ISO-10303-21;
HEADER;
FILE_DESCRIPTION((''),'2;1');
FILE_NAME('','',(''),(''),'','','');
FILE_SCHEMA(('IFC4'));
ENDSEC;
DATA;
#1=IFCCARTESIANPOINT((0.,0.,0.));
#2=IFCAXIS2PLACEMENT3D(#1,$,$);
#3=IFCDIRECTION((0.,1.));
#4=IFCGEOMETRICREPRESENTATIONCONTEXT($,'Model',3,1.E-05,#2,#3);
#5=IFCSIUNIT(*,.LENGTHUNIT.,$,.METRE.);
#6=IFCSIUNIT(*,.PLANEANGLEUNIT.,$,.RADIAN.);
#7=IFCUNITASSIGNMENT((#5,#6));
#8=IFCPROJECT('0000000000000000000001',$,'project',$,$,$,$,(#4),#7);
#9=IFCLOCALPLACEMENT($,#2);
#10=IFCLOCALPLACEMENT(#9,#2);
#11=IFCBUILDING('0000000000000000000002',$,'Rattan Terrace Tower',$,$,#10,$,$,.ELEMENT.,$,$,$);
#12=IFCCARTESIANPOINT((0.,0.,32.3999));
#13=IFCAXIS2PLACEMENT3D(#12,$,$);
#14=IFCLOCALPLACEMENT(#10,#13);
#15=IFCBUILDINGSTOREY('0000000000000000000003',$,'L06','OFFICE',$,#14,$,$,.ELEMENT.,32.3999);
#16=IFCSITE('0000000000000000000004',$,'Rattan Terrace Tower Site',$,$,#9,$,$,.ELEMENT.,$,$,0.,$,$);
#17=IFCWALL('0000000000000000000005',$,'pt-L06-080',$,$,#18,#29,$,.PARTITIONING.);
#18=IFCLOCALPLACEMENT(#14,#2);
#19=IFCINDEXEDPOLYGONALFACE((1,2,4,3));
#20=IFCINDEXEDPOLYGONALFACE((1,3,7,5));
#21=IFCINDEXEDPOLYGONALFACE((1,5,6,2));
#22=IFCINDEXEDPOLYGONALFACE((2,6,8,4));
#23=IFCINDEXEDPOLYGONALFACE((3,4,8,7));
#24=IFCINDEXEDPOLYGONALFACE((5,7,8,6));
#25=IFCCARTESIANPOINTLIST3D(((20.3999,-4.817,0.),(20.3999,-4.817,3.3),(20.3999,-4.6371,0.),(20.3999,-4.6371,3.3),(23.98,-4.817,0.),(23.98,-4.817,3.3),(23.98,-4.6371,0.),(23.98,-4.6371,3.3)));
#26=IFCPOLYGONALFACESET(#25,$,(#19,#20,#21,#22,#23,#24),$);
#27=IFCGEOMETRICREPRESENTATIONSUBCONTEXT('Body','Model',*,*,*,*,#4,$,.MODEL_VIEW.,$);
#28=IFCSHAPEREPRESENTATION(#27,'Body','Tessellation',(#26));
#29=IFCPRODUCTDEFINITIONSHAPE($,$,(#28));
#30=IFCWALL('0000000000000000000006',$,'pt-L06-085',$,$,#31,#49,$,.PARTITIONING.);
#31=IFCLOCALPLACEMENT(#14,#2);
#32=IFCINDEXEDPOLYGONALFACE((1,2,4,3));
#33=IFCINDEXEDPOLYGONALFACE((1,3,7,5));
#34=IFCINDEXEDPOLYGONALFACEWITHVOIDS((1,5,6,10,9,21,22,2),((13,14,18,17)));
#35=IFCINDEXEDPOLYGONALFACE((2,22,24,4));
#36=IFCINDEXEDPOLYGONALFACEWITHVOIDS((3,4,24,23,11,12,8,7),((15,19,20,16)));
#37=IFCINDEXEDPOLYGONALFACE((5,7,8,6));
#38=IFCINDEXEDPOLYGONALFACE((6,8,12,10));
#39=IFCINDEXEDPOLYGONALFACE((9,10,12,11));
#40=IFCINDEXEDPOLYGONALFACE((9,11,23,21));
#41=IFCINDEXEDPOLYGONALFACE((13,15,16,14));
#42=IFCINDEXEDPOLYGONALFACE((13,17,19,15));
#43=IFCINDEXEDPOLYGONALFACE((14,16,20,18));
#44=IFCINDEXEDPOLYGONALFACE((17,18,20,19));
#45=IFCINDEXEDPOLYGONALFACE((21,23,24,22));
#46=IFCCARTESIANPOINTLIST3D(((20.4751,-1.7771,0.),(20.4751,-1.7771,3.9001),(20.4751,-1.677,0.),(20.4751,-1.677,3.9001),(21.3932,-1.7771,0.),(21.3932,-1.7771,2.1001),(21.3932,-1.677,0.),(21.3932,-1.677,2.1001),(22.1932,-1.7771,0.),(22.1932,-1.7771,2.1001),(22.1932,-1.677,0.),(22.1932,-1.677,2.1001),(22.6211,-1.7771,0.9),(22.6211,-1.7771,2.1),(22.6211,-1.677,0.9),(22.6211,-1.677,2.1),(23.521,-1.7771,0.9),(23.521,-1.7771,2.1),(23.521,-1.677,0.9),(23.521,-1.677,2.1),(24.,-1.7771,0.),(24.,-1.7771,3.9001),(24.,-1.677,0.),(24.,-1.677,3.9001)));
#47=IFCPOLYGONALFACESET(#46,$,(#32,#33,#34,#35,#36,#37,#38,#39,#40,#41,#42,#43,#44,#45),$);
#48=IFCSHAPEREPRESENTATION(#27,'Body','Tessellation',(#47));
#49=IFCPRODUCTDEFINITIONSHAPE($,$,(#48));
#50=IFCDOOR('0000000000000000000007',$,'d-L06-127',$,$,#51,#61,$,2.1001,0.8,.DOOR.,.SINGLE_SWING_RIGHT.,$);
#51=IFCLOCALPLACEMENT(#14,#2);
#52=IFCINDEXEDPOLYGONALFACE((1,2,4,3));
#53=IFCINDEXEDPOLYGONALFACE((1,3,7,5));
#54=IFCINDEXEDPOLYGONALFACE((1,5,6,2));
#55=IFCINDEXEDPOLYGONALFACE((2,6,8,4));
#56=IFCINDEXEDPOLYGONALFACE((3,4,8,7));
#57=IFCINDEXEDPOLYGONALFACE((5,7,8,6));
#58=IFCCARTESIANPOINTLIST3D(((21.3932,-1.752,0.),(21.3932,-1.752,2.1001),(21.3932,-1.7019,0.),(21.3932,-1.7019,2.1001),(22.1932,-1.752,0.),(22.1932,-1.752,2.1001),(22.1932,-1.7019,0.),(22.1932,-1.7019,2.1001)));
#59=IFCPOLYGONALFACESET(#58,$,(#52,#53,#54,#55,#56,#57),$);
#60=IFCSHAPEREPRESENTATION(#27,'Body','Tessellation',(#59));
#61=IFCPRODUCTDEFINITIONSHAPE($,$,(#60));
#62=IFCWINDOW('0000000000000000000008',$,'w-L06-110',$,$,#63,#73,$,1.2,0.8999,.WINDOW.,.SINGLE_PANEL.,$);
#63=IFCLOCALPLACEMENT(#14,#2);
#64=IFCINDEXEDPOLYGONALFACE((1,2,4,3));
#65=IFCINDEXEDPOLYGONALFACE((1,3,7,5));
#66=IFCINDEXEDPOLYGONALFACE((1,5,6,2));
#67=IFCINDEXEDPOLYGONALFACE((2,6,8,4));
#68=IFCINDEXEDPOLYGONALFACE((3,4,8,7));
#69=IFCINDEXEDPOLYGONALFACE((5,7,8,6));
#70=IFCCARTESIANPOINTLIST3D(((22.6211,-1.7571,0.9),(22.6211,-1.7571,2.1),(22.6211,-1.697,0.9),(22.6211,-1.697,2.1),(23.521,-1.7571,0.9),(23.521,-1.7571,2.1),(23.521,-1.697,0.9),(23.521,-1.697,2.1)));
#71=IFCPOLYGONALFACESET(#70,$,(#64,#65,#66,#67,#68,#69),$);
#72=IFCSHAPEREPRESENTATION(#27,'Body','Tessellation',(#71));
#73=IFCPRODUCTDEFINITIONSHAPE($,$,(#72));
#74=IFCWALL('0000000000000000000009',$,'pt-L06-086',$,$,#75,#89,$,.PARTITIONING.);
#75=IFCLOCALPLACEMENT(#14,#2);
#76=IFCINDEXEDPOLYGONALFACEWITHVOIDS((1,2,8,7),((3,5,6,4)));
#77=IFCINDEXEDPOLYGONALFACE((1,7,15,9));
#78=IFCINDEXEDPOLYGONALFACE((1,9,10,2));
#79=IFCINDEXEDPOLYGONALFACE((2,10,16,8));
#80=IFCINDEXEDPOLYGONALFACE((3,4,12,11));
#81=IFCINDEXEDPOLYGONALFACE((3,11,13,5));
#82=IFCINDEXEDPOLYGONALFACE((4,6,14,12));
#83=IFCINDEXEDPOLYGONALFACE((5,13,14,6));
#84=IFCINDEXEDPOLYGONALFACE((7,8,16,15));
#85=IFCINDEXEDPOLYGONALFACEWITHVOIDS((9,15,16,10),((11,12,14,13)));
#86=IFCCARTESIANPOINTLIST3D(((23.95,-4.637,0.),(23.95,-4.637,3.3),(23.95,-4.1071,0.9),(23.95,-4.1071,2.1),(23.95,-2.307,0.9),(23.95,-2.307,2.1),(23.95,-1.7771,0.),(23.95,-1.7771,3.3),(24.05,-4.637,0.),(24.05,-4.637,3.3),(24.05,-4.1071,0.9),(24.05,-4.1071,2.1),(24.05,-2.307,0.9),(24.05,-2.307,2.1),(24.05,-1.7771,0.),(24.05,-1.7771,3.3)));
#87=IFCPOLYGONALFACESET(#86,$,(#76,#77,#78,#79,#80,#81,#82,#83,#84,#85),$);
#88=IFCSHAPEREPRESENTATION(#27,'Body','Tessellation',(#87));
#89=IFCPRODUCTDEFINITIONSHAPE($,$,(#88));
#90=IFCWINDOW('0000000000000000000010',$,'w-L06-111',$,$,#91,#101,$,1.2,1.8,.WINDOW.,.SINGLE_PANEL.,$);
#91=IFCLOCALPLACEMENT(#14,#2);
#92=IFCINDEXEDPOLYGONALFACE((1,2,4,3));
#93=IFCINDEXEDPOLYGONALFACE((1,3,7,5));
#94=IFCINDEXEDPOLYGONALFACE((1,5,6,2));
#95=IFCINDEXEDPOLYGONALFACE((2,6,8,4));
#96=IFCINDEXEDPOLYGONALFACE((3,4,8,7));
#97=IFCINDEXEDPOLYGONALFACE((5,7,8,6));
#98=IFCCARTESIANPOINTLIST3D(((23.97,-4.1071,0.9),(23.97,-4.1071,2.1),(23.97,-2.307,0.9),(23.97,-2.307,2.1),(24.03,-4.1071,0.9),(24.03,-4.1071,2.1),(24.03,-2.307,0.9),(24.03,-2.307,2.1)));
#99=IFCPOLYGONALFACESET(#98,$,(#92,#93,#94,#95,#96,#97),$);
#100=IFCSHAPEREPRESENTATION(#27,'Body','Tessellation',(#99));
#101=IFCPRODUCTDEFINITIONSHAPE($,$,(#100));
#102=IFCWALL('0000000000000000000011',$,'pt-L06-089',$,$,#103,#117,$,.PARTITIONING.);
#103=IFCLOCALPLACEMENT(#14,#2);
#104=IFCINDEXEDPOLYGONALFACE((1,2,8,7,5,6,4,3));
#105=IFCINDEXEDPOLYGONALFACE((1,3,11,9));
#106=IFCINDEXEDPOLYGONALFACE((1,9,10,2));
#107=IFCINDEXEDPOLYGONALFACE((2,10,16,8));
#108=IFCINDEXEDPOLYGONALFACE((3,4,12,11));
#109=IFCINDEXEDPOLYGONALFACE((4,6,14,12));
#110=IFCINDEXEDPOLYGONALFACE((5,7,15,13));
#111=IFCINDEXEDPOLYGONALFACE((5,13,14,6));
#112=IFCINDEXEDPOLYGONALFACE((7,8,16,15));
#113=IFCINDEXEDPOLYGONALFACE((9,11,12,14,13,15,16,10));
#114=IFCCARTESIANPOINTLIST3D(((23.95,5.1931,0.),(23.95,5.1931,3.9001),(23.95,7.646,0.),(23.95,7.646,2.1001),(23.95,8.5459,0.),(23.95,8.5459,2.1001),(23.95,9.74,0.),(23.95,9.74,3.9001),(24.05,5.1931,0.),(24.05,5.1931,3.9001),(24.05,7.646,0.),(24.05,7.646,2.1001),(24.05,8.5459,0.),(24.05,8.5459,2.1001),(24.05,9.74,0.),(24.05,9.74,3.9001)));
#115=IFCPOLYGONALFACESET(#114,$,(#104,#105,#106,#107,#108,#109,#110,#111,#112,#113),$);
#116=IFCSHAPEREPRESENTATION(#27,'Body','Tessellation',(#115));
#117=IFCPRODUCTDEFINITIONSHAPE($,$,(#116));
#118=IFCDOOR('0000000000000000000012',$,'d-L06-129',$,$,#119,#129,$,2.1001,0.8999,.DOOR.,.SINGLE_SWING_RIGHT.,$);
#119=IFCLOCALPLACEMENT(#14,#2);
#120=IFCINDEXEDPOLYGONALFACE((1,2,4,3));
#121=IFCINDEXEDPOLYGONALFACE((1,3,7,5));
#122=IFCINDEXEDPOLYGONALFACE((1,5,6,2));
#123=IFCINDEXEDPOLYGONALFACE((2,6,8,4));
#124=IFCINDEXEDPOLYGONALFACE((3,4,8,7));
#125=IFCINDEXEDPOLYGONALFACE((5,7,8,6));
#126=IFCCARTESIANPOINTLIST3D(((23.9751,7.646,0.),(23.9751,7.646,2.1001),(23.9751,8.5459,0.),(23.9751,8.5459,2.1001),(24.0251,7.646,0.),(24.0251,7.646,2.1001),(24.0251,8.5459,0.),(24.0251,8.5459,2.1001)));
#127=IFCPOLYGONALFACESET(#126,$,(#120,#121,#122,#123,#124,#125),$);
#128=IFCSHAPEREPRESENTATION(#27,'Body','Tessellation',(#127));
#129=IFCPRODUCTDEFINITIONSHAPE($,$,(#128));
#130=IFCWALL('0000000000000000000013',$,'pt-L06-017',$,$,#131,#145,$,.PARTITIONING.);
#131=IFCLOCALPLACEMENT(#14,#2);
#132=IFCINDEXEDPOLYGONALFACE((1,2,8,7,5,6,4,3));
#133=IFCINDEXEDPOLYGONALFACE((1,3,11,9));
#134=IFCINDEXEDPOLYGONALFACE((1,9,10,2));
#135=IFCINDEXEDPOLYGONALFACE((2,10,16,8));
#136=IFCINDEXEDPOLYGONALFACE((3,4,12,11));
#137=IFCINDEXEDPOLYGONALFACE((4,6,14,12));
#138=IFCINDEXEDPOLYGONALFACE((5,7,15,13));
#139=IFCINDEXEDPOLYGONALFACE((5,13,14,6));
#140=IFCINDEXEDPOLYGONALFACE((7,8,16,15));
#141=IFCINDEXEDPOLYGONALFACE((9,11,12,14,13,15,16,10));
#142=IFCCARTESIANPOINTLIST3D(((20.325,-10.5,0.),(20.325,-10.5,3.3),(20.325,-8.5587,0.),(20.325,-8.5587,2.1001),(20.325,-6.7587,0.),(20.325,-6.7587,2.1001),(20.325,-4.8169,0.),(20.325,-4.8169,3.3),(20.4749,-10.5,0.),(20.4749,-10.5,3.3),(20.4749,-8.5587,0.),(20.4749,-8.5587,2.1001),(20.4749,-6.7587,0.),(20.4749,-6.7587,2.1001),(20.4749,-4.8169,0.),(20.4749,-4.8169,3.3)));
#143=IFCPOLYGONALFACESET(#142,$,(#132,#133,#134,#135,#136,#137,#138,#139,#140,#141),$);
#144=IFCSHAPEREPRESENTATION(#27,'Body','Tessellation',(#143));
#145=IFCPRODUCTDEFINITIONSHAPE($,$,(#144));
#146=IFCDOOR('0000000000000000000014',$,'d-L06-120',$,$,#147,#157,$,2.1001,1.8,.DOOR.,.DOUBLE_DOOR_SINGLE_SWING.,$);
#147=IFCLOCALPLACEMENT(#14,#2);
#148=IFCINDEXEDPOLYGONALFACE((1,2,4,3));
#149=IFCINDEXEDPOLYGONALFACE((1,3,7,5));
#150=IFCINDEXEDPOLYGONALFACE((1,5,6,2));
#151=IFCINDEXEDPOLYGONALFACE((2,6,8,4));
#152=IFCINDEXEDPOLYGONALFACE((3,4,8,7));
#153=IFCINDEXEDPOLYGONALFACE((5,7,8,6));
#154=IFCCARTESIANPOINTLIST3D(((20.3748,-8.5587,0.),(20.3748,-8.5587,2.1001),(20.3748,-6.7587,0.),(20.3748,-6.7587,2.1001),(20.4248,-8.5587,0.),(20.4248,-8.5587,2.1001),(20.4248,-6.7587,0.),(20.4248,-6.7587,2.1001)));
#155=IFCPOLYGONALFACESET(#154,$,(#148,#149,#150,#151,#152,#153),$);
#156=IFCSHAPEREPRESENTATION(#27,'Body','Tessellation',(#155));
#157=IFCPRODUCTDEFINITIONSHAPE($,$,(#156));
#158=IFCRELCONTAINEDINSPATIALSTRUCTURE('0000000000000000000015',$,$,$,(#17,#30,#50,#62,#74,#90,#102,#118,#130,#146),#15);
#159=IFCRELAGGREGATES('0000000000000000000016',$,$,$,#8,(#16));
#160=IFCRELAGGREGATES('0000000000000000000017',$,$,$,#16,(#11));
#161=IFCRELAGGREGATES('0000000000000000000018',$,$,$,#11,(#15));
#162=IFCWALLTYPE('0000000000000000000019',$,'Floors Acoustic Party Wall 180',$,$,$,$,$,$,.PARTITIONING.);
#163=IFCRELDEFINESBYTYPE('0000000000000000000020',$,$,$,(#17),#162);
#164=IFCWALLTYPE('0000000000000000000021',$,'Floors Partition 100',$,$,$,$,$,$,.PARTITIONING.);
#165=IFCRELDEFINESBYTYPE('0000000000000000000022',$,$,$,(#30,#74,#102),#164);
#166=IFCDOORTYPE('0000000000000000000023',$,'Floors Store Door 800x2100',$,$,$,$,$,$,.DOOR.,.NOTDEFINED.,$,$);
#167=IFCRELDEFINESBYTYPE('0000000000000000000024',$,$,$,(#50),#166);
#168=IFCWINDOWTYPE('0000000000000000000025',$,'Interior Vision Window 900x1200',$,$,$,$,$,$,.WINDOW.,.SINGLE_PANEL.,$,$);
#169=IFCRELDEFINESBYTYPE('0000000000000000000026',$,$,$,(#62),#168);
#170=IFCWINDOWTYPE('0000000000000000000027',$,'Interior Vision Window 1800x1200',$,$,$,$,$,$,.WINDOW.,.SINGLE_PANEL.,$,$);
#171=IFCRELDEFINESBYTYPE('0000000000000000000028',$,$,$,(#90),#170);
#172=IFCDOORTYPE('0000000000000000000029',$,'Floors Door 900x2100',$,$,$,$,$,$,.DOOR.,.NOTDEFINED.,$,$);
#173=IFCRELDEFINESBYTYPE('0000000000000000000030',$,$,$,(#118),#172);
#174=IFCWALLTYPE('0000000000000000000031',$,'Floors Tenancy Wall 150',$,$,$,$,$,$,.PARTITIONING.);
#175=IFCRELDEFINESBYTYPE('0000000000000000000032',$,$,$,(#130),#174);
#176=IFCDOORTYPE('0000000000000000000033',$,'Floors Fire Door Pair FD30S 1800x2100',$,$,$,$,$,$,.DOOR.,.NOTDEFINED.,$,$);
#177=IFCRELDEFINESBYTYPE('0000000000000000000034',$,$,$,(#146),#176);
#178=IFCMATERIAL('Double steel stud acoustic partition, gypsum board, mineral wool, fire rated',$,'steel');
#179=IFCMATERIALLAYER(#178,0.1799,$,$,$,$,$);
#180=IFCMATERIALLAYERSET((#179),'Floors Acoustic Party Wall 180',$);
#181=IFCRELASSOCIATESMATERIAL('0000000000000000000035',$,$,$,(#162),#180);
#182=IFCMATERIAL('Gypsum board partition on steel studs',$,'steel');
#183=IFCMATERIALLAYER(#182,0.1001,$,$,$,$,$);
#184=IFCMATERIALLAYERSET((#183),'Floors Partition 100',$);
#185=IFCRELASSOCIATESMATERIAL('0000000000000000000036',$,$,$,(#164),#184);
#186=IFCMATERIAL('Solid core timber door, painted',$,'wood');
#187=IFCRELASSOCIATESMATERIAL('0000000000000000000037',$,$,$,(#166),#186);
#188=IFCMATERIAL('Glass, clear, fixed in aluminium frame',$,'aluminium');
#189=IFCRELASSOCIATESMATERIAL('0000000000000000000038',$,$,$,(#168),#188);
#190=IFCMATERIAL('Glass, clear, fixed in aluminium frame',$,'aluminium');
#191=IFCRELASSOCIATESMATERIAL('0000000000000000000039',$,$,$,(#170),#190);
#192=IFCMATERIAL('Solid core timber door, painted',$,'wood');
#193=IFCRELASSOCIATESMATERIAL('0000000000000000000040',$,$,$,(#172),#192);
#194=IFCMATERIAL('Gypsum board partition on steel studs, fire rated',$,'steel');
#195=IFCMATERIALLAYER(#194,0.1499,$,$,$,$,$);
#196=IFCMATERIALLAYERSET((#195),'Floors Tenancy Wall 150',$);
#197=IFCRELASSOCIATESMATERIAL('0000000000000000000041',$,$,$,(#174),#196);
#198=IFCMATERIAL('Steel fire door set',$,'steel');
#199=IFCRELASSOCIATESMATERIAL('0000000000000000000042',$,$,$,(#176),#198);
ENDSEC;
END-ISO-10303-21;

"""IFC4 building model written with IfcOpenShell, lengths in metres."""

from ifc_helpers import new_model, si_unit, direction, frame, frame_2d, origin, place, context, subcontext, project, spatial, rectangle, extrude, material, layer, layer_set, type_object, element, fill, save


model = new_model("IFC4")

# Units and contexts
model_context = context("Model", 3, precision=1e-05, world=origin(), true_north=direction((0.0, 1.0)))
body_context = subcontext(model_context, "Body", "Model", "MODEL_VIEW")
ifc_project = project(units=[si_unit("LENGTHUNIT", "METRE"), si_unit("PLANEANGLEUNIT", "RADIAN")], contexts=[model_context])

# Site, building, storey
site_placement = place(None, origin())
site = spatial("IfcSite", under=ifc_project, at=site_placement, Name="Rattan Terrace Tower Site", CompositionType="ELEMENT", RefElevation=0.0)
building_placement = place(site_placement, origin())
building = spatial("IfcBuilding", under=site, at=building_placement, Name="Rattan Terrace Tower", CompositionType="ELEMENT")
storey_placement = place(building_placement, frame((0.0, 0.0, 32.3999)))
storey = spatial("IfcBuildingStorey", under=building, at=storey_placement, Name="L06", Description="OFFICE", CompositionType="ELEMENT", Elevation=32.3999)

# Wall
ifc_material_1 = material(Name="Double steel stud acoustic partition, gypsum board, mineral wool, fire rated", Category="steel")
ifc_layer_1 = layer(ifc_material_1, 0.1799)
ifc_layer_set_1 = layer_set([ifc_layer_1], Name="Floors Acoustic Party Wall 180")
wall_type_1 = type_object("IfcWallType", Name="Floors Acoustic Party Wall 180", PredefinedType="PARTITIONING", material=ifc_layer_set_1)
wall_1_placement = place(storey_placement, frame((20.3999, -4.7271, 0.0), z_axis=(0.0, 0.0, 1.0), x_axis=(1.0, 0.0, 0.0)))
element("IfcWall", 1, at=wall_1_placement, inside=storey, type_object=wall_type_1, Name="pt-L06-080", PredefinedType="PARTITIONING", context=body_context, shape_type="SweptSolid", body=[
    extrude(rectangle(XDim=3.5801, YDim=0.1799, at=frame_2d((1.79, 0.0))), origin(), (0.0, 0.0, 1.0), 3.3),
])

# Wall, openings, door, window
ifc_material_2 = material(Name="Gypsum board partition on steel studs", Category="steel")
ifc_layer_2 = layer(ifc_material_2, 0.1001)
ifc_layer_set_2 = layer_set([ifc_layer_2], Name="Floors Partition 100")
wall_type_2 = type_object("IfcWallType", Name="Floors Partition 100", PredefinedType="PARTITIONING", material=ifc_layer_set_2)
wall_2_placement = place(storey_placement, frame((24.0, -1.7271, 0.0), z_axis=(0.0, 0.0, 1.0), x_axis=(-1.0, 0.0, 0.0)))
wall_2 = element("IfcWall", 2, at=wall_2_placement, inside=storey, type_object=wall_type_2, Name="pt-L06-085", PredefinedType="PARTITIONING", context=body_context, shape_type="SweptSolid", body=[
    extrude(rectangle(XDim=3.5249, YDim=0.1001, at=frame_2d((1.7625, 0.0))), origin(), (0.0, 0.0, 1.0), 3.9001),
])
opening_1_placement = place(wall_2_placement, frame((1.8069, 0.0, 0.0)))
opening_1 = element("IfcOpeningElement", 3, at=opening_1_placement, cuts=wall_2, PredefinedType="OPENING", context=body_context, shape_type="SweptSolid", body=[
    extrude(rectangle(XDim=0.8, YDim=2.1001, at=frame_2d((0.3999, 1.05))), frame((0.0, 0.0605, 0.0), z_axis=(0.0, -1.0, 0.0), x_axis=(1.0, 0.0, 0.0)), (0.0, 0.0, 1.0), 0.1211),
])
opening_2_placement = place(wall_2_placement, frame((0.479, 0.0, 0.8999)))
opening_2 = element("IfcOpeningElement", 4, at=opening_2_placement, cuts=wall_2, PredefinedType="OPENING", context=body_context, shape_type="SweptSolid", body=[
    extrude(rectangle(XDim=0.8999, YDim=1.2, at=frame_2d((0.45, 0.6001))), frame((0.0, 0.0605, 0.0), z_axis=(0.0, -1.0, 0.0), x_axis=(1.0, 0.0, 0.0)), (0.0, 0.0, 1.0), 0.1211),
])
ifc_material_3 = material(Name="Solid core timber door, painted", Category="wood")
door_type_1 = type_object("IfcDoorType", Name="Floors Store Door 800x2100", OperationType="NOTDEFINED", PredefinedType="DOOR", material=ifc_material_3)
door_1_placement = place(opening_1_placement, origin())
door_1 = element("IfcDoor", 5, at=door_1_placement, inside=storey, type_object=door_type_1, Name="d-L06-127", OperationType="SINGLE_SWING_RIGHT", OverallHeight=2.1001, OverallWidth=0.8, PredefinedType="DOOR", context=body_context, shape_type="SweptSolid", body=[
    extrude(rectangle(XDim=0.8, YDim=2.1001, at=frame_2d((0.3999, 1.05))), frame((0.0, 0.0249, 0.0), z_axis=(0.0, -1.0, 0.0), x_axis=(1.0, 0.0, 0.0)), (0.0, 0.0, 1.0), 0.05),
])
fill(opening_1, door_1)
ifc_material_4 = material(Name="Glass, clear, fixed in aluminium frame", Category="aluminium")
window_type_1 = type_object("IfcWindowType", Name="Interior Vision Window 900x1200", PartitioningType="SINGLE_PANEL", PredefinedType="WINDOW", material=ifc_material_4)
window_1_placement = place(opening_2_placement, origin())
window_1 = element("IfcWindow", 6, at=window_1_placement, inside=storey, type_object=window_type_1, Name="w-L06-110", OverallHeight=1.2, OverallWidth=0.8999, PartitioningType="SINGLE_PANEL", PredefinedType="WINDOW", context=body_context, shape_type="SweptSolid", body=[
    extrude(rectangle(XDim=0.8999, YDim=1.2, at=frame_2d((0.45, 0.6001))), frame((0.0, 0.03, 0.0), z_axis=(0.0, -1.0, 0.0), x_axis=(1.0, 0.0, 0.0)), (0.0, 0.0, 1.0), 0.0601),
])
fill(opening_2, window_1)

# Wall, opening, window
wall_3_placement = place(storey_placement, frame((24.0, -4.637, 0.0), z_axis=(0.0, 0.0, 1.0), x_axis=(0.0, 1.0, 0.0)))
wall_3 = element("IfcWall", 7, at=wall_3_placement, inside=storey, type_object=wall_type_2, Name="pt-L06-086", PredefinedType="PARTITIONING", context=body_context, shape_type="SweptSolid", body=[
    extrude(rectangle(XDim=2.8599, YDim=0.1001, at=frame_2d((1.4299, 0.0))), origin(), (0.0, 0.0, 1.0), 3.3),
])
opening_3_placement = place(wall_3_placement, frame((0.53, 0.0, 0.8999)))
opening_3 = element("IfcOpeningElement", 8, at=opening_3_placement, cuts=wall_3, PredefinedType="OPENING", context=body_context, shape_type="SweptSolid", body=[
    extrude(rectangle(XDim=1.8, YDim=1.2, at=frame_2d((0.8999, 0.6001))), frame((0.0, 0.0605, 0.0), z_axis=(0.0, -1.0, 0.0), x_axis=(1.0, 0.0, 0.0)), (0.0, 0.0, 1.0), 0.1211),
])
ifc_material_5 = material(Name="Glass, clear, fixed in aluminium frame", Category="aluminium")
window_type_2 = type_object("IfcWindowType", Name="Interior Vision Window 1800x1200", PartitioningType="SINGLE_PANEL", PredefinedType="WINDOW", material=ifc_material_5)
window_2_placement = place(opening_3_placement, origin())
window_2 = element("IfcWindow", 9, at=window_2_placement, inside=storey, type_object=window_type_2, Name="w-L06-111", OverallHeight=1.2, OverallWidth=1.8, PartitioningType="SINGLE_PANEL", PredefinedType="WINDOW", context=body_context, shape_type="SweptSolid", body=[
    extrude(rectangle(XDim=1.8, YDim=1.2, at=frame_2d((0.8999, 0.6001))), frame((0.0, 0.03, 0.0), z_axis=(0.0, -1.0, 0.0), x_axis=(1.0, 0.0, 0.0)), (0.0, 0.0, 1.0), 0.0601),
])
fill(opening_3, window_2)

# Walls, openings, doors
wall_4_placement = place(storey_placement, frame((24.0, 5.1931, 0.0), z_axis=(0.0, 0.0, 1.0), x_axis=(0.0, 1.0, 0.0)))
wall_4 = element("IfcWall", 10, at=wall_4_placement, inside=storey, type_object=wall_type_2, Name="pt-L06-089", PredefinedType="PARTITIONING", context=body_context, shape_type="SweptSolid", body=[
    extrude(rectangle(XDim=4.5469, YDim=0.1001, at=frame_2d((2.2734, 0.0))), origin(), (0.0, 0.0, 1.0), 3.9001),
])
opening_4_placement = place(wall_4_placement, frame((2.4529, 0.0, 0.0)))
opening_4 = element("IfcOpeningElement", 11, at=opening_4_placement, cuts=wall_4, PredefinedType="OPENING", context=body_context, shape_type="SweptSolid", body=[
    extrude(rectangle(XDim=0.8999, YDim=2.1001, at=frame_2d((0.45, 1.05))), frame((0.0, 0.0605, 0.0), z_axis=(0.0, -1.0, 0.0), x_axis=(1.0, 0.0, 0.0)), (0.0, 0.0, 1.0), 0.1211),
])
ifc_material_6 = material(Name="Solid core timber door, painted", Category="wood")
door_type_2 = type_object("IfcDoorType", Name="Floors Door 900x2100", OperationType="NOTDEFINED", PredefinedType="DOOR", material=ifc_material_6)
door_2_placement = place(opening_4_placement, origin())
door_2 = element("IfcDoor", 12, at=door_2_placement, inside=storey, type_object=door_type_2, Name="d-L06-129", OperationType="SINGLE_SWING_RIGHT", OverallHeight=2.1001, OverallWidth=0.8999, PredefinedType="DOOR", context=body_context, shape_type="SweptSolid", body=[
    extrude(rectangle(XDim=0.8999, YDim=2.1001, at=frame_2d((0.45, 1.05))), frame((0.0, 0.0249, 0.0), z_axis=(0.0, -1.0, 0.0), x_axis=(1.0, 0.0, 0.0)), (0.0, 0.0, 1.0), 0.05),
])
fill(opening_4, door_2)
ifc_material_7 = material(Name="Gypsum board partition on steel studs, fire rated", Category="steel")
ifc_layer_3 = layer(ifc_material_7, 0.1499)
ifc_layer_set_3 = layer_set([ifc_layer_3], Name="Floors Tenancy Wall 150")
wall_type_3 = type_object("IfcWallType", Name="Floors Tenancy Wall 150", PredefinedType="PARTITIONING", material=ifc_layer_set_3)
wall_5_placement = place(storey_placement, frame((20.3999, -4.8169, 0.0), z_axis=(0.0, 0.0, 1.0), x_axis=(0.0, -1.0, 0.0)))
wall_5 = element("IfcWall", 13, at=wall_5_placement, inside=storey, type_object=wall_type_3, Name="pt-L06-017", PredefinedType="PARTITIONING", context=body_context, shape_type="SweptSolid", body=[
    extrude(rectangle(XDim=5.6831, YDim=0.1499, at=frame_2d((2.8416, 0.0))), origin(), (0.0, 0.0, 1.0), 3.3),
])
opening_5_placement = place(wall_5_placement, frame((1.9419, 0.0, 0.0)))
opening_5 = element("IfcOpeningElement", 14, at=opening_5_placement, cuts=wall_5, PredefinedType="OPENING", context=body_context, shape_type="SweptSolid", body=[
    extrude(rectangle(XDim=1.8, YDim=2.1001, at=frame_2d((0.8999, 1.05))), frame((0.0, 0.0854, 0.0), z_axis=(0.0, -1.0, 0.0), x_axis=(1.0, 0.0, 0.0)), (0.0, 0.0, 1.0), 0.1709),
])
ifc_material_8 = material(Name="Steel fire door set", Category="steel")
door_type_3 = type_object("IfcDoorType", Name="Floors Fire Door Pair FD30S 1800x2100", OperationType="NOTDEFINED", PredefinedType="DOOR", material=ifc_material_8)
door_3_placement = place(opening_5_placement, origin())
door_3 = element("IfcDoor", 15, at=door_3_placement, inside=storey, type_object=door_type_3, Name="d-L06-120", OperationType="DOUBLE_DOOR_SINGLE_SWING", OverallHeight=2.1001, OverallWidth=1.8, PredefinedType="DOOR", context=body_context, shape_type="SweptSolid", body=[
    extrude(rectangle(XDim=1.8, YDim=2.1001, at=frame_2d((0.8999, 1.05))), frame((0.0, 0.0249, 0.0), z_axis=(0.0, -1.0, 0.0), x_axis=(1.0, 0.0, 0.0)), (0.0, 0.0, 1.0), 0.05),
])
fill(opening_5, door_3)

save(model, "model.ifc")
